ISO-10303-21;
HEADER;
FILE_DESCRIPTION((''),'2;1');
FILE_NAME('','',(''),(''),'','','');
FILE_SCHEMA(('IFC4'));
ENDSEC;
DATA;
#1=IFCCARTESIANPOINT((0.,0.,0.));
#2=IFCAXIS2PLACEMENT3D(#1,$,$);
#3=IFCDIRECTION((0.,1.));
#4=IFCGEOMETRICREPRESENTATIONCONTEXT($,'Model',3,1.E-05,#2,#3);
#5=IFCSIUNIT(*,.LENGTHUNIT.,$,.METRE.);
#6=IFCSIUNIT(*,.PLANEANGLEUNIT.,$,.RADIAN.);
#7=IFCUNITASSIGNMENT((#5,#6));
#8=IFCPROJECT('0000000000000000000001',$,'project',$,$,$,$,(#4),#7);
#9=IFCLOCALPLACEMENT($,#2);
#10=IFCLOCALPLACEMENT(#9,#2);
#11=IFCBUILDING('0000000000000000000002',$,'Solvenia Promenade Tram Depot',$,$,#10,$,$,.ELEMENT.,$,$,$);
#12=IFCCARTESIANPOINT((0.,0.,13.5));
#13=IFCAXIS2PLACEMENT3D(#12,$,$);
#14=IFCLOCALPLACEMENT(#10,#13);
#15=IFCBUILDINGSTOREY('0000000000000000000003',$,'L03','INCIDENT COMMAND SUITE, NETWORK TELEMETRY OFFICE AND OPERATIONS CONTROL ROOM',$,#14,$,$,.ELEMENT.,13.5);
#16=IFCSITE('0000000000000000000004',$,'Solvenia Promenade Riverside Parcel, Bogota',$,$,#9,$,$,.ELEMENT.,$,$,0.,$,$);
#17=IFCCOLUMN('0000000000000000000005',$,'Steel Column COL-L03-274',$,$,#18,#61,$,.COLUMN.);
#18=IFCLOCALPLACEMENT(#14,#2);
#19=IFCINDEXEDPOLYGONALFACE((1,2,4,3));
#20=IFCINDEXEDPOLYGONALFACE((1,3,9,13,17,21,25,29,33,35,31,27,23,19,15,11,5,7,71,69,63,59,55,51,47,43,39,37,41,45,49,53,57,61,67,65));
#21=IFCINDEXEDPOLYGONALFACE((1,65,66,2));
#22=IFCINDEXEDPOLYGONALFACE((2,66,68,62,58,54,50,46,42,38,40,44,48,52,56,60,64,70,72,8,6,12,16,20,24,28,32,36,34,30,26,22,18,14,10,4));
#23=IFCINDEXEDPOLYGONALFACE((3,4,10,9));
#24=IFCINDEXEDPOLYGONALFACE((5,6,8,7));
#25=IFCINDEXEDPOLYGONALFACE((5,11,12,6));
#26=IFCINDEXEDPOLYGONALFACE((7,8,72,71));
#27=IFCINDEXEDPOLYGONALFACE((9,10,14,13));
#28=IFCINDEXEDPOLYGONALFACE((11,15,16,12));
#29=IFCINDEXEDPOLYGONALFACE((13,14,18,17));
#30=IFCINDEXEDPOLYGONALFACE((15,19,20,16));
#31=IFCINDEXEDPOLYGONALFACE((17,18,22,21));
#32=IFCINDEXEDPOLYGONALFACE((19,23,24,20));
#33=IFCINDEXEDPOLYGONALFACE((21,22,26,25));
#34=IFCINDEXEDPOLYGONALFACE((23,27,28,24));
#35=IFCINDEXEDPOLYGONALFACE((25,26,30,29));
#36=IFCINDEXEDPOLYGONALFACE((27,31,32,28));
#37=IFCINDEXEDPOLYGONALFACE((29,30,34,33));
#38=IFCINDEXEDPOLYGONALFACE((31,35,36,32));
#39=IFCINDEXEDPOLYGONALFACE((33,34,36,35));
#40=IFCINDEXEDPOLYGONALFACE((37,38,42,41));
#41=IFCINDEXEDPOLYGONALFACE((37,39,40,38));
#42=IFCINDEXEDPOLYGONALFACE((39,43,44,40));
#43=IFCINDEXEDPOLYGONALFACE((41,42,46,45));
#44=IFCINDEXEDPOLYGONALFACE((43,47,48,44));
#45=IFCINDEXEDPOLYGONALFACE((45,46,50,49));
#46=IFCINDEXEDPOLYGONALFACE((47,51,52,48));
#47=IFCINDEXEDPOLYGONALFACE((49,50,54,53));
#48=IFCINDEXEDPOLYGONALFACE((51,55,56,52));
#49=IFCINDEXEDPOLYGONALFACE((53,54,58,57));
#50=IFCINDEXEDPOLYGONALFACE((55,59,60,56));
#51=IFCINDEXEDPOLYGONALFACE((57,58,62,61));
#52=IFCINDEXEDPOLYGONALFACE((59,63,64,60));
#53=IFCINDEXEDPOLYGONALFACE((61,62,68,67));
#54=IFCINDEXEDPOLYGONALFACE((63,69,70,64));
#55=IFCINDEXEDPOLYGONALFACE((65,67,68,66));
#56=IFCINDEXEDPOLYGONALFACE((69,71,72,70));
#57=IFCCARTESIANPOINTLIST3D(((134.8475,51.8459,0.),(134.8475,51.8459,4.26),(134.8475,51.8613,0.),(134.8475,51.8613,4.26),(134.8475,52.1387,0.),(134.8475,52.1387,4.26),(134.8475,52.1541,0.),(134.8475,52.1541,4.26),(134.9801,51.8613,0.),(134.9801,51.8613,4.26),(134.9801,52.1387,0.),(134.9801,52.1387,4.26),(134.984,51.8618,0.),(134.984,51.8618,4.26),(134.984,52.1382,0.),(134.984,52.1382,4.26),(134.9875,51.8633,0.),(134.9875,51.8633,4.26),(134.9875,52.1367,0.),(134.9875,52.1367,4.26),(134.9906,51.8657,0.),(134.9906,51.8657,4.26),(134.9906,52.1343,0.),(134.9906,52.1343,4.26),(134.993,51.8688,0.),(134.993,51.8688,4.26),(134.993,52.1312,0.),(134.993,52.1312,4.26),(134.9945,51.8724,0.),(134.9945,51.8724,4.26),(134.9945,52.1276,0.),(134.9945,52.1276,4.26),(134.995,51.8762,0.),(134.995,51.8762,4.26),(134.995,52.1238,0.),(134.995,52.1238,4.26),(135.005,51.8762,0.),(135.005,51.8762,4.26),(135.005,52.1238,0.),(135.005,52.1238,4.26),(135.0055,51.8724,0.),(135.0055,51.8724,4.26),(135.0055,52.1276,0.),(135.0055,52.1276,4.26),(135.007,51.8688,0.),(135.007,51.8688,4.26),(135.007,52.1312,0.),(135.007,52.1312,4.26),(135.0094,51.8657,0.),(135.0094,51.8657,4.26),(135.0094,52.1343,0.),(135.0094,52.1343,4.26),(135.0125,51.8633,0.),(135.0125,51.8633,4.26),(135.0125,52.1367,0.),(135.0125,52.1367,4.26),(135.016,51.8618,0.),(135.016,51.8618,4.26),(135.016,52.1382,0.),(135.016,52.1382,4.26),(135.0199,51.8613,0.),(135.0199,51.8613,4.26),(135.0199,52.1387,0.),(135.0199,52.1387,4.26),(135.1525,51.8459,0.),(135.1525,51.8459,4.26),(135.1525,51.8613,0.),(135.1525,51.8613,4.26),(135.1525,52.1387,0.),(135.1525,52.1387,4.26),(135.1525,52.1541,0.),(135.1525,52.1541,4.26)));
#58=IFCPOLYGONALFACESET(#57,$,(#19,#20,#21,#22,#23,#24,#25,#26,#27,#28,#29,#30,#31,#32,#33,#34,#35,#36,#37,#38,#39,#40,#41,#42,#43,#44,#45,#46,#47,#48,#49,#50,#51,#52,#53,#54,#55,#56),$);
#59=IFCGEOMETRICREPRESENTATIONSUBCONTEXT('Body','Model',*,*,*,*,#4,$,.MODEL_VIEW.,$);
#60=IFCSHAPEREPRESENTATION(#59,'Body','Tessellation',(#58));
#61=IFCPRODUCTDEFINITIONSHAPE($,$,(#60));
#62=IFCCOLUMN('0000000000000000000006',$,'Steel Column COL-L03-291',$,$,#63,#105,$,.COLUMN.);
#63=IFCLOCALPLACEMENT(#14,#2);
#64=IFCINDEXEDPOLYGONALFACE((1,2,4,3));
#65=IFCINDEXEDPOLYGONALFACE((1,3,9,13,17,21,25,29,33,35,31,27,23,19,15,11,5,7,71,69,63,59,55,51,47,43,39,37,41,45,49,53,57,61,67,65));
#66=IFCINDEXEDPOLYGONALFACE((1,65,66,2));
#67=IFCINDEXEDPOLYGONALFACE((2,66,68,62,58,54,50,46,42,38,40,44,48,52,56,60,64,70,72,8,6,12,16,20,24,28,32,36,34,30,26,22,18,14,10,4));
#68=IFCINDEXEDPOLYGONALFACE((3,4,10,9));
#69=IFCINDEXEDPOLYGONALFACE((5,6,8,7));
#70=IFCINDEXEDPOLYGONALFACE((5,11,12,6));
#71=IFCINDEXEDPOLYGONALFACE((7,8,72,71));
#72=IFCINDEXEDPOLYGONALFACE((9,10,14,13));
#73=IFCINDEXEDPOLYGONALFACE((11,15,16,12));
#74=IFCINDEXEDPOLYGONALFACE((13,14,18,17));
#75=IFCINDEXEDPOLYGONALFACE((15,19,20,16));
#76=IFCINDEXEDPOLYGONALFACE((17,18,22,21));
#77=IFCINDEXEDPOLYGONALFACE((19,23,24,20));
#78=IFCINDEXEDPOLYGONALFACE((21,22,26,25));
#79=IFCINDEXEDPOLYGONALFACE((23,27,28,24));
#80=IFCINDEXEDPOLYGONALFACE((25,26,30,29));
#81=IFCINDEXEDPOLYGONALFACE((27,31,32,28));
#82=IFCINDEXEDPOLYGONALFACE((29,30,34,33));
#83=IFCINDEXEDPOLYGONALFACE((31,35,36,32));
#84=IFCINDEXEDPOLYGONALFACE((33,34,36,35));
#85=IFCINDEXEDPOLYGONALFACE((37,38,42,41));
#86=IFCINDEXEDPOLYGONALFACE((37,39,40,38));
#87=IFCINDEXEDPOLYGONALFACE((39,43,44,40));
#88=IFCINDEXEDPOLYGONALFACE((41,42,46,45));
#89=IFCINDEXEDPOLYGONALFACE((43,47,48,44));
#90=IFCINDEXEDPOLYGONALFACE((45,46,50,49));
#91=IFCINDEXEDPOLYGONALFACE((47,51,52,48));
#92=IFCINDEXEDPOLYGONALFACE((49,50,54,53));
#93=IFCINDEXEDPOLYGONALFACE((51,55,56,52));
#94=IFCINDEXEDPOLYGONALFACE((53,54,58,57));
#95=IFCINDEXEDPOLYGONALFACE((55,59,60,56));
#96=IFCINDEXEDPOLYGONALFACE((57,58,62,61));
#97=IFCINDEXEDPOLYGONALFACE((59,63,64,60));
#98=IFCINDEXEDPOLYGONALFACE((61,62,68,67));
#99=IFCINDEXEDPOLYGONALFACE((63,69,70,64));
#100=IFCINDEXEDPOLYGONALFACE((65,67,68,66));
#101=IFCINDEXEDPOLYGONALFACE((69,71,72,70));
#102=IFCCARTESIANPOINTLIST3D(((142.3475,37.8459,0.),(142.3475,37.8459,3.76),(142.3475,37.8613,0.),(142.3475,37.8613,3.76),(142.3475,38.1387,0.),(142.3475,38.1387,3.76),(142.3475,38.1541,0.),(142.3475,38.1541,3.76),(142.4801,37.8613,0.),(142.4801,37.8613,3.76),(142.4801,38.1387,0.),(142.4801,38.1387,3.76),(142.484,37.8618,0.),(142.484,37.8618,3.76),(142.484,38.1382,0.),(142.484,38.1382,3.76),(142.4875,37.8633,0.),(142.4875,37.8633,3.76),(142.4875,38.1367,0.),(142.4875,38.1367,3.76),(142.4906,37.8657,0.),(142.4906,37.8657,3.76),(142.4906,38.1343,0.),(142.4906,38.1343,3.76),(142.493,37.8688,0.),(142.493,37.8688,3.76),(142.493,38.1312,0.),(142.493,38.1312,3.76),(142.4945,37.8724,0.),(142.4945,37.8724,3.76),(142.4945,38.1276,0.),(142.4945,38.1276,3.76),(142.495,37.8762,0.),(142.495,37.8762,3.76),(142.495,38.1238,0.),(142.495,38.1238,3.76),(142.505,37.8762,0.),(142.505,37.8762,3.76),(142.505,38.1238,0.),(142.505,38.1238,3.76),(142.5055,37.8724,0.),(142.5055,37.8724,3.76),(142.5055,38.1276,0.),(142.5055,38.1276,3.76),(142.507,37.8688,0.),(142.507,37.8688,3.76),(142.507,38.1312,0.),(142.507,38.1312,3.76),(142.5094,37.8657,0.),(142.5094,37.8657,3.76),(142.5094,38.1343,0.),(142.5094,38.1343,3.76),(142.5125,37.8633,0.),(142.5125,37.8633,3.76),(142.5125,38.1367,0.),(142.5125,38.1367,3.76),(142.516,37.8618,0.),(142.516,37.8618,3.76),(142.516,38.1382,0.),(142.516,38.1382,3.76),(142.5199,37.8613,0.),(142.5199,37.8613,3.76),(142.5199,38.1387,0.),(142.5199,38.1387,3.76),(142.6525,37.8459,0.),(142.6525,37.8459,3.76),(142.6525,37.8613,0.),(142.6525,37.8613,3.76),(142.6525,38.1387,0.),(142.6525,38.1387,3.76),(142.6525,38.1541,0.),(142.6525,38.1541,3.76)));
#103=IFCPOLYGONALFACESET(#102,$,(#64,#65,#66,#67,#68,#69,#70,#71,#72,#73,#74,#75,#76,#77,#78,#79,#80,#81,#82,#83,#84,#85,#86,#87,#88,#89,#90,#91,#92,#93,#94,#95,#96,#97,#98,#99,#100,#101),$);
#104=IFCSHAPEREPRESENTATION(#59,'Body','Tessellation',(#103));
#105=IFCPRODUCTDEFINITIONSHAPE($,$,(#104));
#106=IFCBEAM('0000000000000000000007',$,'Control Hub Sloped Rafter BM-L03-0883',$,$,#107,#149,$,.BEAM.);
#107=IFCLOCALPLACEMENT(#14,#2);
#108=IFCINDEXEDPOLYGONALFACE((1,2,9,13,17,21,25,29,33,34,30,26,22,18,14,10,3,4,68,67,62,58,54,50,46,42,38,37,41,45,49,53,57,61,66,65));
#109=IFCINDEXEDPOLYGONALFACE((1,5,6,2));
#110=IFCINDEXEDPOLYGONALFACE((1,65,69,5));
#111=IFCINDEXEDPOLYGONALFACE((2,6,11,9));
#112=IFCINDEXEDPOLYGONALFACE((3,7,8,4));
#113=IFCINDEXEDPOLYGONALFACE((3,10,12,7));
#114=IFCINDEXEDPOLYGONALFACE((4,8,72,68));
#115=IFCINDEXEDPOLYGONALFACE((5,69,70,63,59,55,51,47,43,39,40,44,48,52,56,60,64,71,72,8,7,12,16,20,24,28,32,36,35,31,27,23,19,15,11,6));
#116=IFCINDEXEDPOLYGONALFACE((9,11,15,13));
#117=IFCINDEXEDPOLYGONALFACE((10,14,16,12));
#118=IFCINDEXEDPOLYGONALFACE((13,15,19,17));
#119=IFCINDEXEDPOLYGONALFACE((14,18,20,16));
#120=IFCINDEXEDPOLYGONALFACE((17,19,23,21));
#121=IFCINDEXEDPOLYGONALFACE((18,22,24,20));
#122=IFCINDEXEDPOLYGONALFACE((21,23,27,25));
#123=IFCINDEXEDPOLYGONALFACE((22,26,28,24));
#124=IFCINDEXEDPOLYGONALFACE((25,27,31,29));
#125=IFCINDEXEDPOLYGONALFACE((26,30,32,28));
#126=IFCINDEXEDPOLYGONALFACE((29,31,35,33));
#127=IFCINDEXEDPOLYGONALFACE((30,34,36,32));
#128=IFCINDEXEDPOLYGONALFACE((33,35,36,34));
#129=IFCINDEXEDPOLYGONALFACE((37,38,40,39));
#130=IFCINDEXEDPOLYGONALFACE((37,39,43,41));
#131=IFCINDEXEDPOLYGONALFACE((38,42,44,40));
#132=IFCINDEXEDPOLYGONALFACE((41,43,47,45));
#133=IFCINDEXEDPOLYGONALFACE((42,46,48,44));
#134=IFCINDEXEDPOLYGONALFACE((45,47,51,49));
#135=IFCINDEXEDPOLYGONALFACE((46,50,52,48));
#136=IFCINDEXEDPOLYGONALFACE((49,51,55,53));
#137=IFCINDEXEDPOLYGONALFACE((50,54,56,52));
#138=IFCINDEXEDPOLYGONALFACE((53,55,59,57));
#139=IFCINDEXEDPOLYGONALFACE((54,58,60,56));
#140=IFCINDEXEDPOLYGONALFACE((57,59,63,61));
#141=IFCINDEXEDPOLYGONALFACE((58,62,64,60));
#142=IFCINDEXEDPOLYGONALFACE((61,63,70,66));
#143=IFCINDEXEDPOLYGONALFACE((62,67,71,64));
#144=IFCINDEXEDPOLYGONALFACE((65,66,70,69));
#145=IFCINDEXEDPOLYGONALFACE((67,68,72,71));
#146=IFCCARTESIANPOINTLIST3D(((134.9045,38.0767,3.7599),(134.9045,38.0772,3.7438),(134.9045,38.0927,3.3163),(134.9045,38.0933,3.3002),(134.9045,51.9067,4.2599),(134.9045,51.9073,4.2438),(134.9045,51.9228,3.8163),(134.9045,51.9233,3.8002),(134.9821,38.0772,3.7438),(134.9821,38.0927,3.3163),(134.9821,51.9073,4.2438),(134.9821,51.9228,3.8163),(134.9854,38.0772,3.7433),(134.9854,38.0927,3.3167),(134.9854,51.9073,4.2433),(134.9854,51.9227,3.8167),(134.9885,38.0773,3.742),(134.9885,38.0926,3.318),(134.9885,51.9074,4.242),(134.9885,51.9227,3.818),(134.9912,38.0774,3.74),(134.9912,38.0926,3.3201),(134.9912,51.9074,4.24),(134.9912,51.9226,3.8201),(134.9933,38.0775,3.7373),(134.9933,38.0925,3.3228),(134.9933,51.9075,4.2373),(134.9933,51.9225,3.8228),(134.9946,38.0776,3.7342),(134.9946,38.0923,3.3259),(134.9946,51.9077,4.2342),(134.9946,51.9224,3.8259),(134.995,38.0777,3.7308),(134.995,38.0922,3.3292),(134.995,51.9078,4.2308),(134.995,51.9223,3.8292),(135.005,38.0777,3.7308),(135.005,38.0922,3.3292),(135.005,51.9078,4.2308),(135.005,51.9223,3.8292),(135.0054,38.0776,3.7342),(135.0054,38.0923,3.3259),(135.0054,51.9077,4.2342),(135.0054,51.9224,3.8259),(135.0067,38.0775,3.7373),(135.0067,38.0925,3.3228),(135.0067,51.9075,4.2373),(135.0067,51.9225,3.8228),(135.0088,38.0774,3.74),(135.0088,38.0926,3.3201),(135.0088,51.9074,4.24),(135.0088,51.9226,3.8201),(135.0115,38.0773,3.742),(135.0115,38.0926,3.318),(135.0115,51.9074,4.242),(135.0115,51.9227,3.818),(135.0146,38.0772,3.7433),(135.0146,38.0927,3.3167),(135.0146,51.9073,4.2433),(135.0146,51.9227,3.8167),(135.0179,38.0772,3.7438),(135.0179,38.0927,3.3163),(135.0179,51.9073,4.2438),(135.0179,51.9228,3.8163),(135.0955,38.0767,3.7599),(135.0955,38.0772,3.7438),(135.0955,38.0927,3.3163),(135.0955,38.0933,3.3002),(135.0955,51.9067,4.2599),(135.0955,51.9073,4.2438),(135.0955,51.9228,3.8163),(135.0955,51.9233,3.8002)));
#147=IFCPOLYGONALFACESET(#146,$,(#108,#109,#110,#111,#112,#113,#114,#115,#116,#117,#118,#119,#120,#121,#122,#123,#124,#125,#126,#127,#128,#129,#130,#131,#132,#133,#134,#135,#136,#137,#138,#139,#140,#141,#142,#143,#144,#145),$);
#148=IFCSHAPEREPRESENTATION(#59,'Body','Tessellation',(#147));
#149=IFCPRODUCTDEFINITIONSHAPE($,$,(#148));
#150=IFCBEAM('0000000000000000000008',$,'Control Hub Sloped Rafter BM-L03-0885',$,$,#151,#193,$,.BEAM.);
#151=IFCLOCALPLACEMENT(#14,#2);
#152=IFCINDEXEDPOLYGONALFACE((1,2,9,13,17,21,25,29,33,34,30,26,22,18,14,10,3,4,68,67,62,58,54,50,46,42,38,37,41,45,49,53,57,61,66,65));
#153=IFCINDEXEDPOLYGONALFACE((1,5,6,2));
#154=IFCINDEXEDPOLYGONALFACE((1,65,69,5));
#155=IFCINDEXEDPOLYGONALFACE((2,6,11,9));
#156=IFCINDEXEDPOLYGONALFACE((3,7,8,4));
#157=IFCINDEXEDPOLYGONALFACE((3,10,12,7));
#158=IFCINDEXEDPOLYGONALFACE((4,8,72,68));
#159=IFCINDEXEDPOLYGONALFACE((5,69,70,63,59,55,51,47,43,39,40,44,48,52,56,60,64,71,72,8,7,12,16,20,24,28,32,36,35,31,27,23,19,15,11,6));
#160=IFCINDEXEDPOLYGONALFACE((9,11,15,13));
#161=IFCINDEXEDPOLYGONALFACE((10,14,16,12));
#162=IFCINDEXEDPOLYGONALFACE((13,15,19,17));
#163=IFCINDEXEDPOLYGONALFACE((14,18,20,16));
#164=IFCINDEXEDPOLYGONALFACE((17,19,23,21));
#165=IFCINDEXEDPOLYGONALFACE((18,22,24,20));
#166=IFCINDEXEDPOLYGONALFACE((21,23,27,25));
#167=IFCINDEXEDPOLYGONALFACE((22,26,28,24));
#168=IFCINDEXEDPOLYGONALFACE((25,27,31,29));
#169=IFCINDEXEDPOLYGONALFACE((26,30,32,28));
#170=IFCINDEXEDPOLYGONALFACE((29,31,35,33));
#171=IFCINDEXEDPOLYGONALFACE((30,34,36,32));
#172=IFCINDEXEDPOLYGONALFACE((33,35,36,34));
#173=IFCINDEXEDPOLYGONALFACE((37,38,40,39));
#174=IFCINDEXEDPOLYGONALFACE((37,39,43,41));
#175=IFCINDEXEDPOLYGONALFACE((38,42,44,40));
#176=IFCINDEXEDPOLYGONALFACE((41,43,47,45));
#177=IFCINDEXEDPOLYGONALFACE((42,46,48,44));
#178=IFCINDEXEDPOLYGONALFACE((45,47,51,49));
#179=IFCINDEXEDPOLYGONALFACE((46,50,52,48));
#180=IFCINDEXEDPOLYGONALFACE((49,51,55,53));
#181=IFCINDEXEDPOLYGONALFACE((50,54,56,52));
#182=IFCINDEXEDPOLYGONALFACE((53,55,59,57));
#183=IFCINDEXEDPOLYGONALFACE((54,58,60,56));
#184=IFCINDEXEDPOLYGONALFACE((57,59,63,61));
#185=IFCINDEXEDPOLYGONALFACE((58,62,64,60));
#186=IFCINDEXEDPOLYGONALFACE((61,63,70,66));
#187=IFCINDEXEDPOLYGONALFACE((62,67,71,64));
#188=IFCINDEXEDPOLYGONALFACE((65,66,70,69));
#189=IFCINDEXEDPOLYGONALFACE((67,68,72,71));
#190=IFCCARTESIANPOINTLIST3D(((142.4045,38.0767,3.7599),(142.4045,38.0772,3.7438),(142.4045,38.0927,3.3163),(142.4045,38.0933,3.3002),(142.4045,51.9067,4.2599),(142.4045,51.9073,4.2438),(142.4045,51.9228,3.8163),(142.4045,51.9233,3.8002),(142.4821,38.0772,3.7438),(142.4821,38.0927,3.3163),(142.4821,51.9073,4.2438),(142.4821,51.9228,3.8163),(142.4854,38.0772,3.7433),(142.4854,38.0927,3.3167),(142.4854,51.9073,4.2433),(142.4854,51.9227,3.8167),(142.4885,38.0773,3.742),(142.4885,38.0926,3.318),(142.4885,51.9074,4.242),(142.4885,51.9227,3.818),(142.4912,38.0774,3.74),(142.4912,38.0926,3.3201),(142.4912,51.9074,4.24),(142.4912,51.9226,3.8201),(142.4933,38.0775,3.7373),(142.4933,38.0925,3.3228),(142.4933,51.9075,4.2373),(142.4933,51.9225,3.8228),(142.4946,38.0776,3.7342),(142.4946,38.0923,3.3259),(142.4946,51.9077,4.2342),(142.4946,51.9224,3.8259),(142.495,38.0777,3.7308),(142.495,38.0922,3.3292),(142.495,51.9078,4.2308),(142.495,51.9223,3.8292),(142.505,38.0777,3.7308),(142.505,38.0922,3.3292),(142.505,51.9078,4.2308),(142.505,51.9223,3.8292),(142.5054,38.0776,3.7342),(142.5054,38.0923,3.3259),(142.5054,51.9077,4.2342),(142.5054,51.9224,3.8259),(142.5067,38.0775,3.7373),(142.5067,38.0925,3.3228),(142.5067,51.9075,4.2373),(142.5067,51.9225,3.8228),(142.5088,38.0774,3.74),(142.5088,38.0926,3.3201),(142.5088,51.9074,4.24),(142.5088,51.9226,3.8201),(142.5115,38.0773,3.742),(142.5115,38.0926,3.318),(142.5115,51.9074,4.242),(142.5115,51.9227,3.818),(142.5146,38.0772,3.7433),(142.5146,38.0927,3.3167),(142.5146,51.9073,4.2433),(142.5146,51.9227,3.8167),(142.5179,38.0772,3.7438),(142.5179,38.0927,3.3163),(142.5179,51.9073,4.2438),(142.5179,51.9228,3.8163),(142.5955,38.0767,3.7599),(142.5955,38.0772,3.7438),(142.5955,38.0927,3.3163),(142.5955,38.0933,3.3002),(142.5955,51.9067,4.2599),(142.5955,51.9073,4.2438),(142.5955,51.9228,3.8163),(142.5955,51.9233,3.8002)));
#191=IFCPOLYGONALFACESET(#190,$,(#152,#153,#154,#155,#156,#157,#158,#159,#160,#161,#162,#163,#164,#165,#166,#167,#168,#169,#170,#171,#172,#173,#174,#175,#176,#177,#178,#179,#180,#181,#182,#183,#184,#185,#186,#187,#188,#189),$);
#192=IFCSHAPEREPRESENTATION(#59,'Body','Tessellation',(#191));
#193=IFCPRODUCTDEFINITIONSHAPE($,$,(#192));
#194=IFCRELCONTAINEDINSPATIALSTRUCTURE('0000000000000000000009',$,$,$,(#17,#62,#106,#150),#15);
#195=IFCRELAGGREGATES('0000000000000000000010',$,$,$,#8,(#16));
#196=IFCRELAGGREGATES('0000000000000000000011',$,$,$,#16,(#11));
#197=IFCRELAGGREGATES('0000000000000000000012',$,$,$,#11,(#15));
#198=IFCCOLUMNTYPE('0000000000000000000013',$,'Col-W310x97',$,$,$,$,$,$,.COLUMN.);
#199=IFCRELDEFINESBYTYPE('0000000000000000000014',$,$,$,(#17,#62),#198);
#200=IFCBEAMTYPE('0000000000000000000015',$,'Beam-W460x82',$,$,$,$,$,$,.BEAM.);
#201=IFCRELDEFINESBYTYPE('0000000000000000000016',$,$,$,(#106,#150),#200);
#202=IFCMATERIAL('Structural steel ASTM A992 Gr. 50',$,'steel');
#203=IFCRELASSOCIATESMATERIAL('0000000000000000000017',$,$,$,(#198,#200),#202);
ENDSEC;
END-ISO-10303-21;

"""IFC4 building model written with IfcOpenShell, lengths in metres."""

from ifc_helpers import new_model, si_unit, direction, frame, origin, origin_2d, place, context, subcontext, project, spatial, i_section, extrude, material, material_profile, profile_set, type_object, element, save


model = new_model("IFC4")

# Units and contexts
model_context = context("Model", 3, precision=1e-05, world=origin(), true_north=direction((0.0, 1.0)))
body_context = subcontext(model_context, "Body", "Model", "MODEL_VIEW")
ifc_project = project(units=[si_unit("LENGTHUNIT", "METRE"), si_unit("PLANEANGLEUNIT", "RADIAN")], contexts=[model_context])

# Site, building, storey
site_placement = place(None, origin())
site = spatial("IfcSite", under=ifc_project, at=site_placement, Name="Solvenia Promenade Riverside Parcel, Bogota", CompositionType="ELEMENT", RefElevation=0.0)
building_placement = place(site_placement, origin())
building = spatial("IfcBuilding", under=site, at=building_placement, Name="Solvenia Promenade Tram Depot", CompositionType="ELEMENT")
storey_placement = place(building_placement, frame((0.0, 0.0, 13.5)))
storey = spatial("IfcBuildingStorey", under=building, at=storey_placement, Name="L03", Description="INCIDENT COMMAND SUITE, NETWORK TELEMETRY OFFICE AND OPERATIONS CONTROL ROOM", CompositionType="ELEMENT", Elevation=13.5)

# Columns
ifc_material_1 = material(Name="Structural steel ASTM A992 Gr. 50", Category="steel")
ifc_material_profile_1 = material_profile(ifc_material_1, i_section(OverallWidth=0.3049, OverallDepth=0.3081, WebThickness=0.01, FlangeThickness=0.0154, FilletRadius=0.0149, at=origin_2d()), Name="W310x97", Category="steel")
ifc_profile_set_1 = profile_set([ifc_material_profile_1], Name="Structural steel ASTM A992 Gr. 50")
column_type = type_object("IfcColumnType", Name="Col-W310x97", PredefinedType="COLUMN", material=ifc_profile_set_1)
column_1_placement = place(storey_placement, frame((135.0, 52.0, 0.0), z_axis=(0.0, 0.0, 1.0), x_axis=(1.0, 0.0, 0.0)))
element("IfcColumn", 1, at=column_1_placement, inside=storey, type_object=column_type, Name="Steel Column COL-L03-274", PredefinedType="COLUMN", context=body_context, shape_type="SweptSolid", body=[
    extrude(i_section(OverallWidth=0.3049, OverallDepth=0.3081, WebThickness=0.01, FlangeThickness=0.0154, FilletRadius=0.0149, at=origin_2d()), origin(), (0.0, 0.0, 1.0), 4.26),
])
column_2_placement = place(storey_placement, frame((142.5, 38.0, 0.0), z_axis=(0.0, 0.0, 1.0), x_axis=(1.0, 0.0, 0.0)))
element("IfcColumn", 2, at=column_2_placement, inside=storey, type_object=column_type, Name="Steel Column COL-L03-291", PredefinedType="COLUMN", context=body_context, shape_type="SweptSolid", body=[
    extrude(i_section(OverallWidth=0.3049, OverallDepth=0.3081, WebThickness=0.01, FlangeThickness=0.0154, FilletRadius=0.0149, at=origin_2d()), origin(), (0.0, 0.0, 1.0), 3.76),
])

# Beams
ifc_material_profile_2 = material_profile(ifc_material_1, i_section(OverallWidth=0.1909, OverallDepth=0.46, WebThickness=0.01, FlangeThickness=0.0161, FilletRadius=0.0129, at=origin_2d()), Name="W460x82", Category="steel")
ifc_profile_set_2 = profile_set([ifc_material_profile_2], Name="Structural steel ASTM A992 Gr. 50")
beam_type_1 = type_object("IfcBeamType", Name="Beam-W460x82", PredefinedType="BEAM", material=ifc_profile_set_2)
for number, where, z_axis, x_axis, name in (
    (3, (135.0, 38.085, 3.53), (0.0, 0.999347, 0.036129), (-1.0, 0.0, 0.0), "Control Hub Sloped Rafter BM-L03-0883"),
    (4, (142.5, 38.085, 3.53), (0.0, 0.999347, 0.036129), (-1.0, 0.0, 0.0), "Control Hub Sloped Rafter BM-L03-0885"),
):
    element("IfcBeam", number, at=place(storey_placement, frame(where, z_axis=z_axis, x_axis=x_axis)), inside=storey, type_object=beam_type_1, Name=name, PredefinedType="BEAM", context=body_context, shape_type="SweptSolid", body=[
        extrude(i_section(OverallWidth=0.1909, OverallDepth=0.46, WebThickness=0.01, FlangeThickness=0.0161, FilletRadius=0.0129, at=origin_2d()), origin(), (0.0, 0.0, 1.0), 13.8391),
    ])

save(model, "model.ifc")
